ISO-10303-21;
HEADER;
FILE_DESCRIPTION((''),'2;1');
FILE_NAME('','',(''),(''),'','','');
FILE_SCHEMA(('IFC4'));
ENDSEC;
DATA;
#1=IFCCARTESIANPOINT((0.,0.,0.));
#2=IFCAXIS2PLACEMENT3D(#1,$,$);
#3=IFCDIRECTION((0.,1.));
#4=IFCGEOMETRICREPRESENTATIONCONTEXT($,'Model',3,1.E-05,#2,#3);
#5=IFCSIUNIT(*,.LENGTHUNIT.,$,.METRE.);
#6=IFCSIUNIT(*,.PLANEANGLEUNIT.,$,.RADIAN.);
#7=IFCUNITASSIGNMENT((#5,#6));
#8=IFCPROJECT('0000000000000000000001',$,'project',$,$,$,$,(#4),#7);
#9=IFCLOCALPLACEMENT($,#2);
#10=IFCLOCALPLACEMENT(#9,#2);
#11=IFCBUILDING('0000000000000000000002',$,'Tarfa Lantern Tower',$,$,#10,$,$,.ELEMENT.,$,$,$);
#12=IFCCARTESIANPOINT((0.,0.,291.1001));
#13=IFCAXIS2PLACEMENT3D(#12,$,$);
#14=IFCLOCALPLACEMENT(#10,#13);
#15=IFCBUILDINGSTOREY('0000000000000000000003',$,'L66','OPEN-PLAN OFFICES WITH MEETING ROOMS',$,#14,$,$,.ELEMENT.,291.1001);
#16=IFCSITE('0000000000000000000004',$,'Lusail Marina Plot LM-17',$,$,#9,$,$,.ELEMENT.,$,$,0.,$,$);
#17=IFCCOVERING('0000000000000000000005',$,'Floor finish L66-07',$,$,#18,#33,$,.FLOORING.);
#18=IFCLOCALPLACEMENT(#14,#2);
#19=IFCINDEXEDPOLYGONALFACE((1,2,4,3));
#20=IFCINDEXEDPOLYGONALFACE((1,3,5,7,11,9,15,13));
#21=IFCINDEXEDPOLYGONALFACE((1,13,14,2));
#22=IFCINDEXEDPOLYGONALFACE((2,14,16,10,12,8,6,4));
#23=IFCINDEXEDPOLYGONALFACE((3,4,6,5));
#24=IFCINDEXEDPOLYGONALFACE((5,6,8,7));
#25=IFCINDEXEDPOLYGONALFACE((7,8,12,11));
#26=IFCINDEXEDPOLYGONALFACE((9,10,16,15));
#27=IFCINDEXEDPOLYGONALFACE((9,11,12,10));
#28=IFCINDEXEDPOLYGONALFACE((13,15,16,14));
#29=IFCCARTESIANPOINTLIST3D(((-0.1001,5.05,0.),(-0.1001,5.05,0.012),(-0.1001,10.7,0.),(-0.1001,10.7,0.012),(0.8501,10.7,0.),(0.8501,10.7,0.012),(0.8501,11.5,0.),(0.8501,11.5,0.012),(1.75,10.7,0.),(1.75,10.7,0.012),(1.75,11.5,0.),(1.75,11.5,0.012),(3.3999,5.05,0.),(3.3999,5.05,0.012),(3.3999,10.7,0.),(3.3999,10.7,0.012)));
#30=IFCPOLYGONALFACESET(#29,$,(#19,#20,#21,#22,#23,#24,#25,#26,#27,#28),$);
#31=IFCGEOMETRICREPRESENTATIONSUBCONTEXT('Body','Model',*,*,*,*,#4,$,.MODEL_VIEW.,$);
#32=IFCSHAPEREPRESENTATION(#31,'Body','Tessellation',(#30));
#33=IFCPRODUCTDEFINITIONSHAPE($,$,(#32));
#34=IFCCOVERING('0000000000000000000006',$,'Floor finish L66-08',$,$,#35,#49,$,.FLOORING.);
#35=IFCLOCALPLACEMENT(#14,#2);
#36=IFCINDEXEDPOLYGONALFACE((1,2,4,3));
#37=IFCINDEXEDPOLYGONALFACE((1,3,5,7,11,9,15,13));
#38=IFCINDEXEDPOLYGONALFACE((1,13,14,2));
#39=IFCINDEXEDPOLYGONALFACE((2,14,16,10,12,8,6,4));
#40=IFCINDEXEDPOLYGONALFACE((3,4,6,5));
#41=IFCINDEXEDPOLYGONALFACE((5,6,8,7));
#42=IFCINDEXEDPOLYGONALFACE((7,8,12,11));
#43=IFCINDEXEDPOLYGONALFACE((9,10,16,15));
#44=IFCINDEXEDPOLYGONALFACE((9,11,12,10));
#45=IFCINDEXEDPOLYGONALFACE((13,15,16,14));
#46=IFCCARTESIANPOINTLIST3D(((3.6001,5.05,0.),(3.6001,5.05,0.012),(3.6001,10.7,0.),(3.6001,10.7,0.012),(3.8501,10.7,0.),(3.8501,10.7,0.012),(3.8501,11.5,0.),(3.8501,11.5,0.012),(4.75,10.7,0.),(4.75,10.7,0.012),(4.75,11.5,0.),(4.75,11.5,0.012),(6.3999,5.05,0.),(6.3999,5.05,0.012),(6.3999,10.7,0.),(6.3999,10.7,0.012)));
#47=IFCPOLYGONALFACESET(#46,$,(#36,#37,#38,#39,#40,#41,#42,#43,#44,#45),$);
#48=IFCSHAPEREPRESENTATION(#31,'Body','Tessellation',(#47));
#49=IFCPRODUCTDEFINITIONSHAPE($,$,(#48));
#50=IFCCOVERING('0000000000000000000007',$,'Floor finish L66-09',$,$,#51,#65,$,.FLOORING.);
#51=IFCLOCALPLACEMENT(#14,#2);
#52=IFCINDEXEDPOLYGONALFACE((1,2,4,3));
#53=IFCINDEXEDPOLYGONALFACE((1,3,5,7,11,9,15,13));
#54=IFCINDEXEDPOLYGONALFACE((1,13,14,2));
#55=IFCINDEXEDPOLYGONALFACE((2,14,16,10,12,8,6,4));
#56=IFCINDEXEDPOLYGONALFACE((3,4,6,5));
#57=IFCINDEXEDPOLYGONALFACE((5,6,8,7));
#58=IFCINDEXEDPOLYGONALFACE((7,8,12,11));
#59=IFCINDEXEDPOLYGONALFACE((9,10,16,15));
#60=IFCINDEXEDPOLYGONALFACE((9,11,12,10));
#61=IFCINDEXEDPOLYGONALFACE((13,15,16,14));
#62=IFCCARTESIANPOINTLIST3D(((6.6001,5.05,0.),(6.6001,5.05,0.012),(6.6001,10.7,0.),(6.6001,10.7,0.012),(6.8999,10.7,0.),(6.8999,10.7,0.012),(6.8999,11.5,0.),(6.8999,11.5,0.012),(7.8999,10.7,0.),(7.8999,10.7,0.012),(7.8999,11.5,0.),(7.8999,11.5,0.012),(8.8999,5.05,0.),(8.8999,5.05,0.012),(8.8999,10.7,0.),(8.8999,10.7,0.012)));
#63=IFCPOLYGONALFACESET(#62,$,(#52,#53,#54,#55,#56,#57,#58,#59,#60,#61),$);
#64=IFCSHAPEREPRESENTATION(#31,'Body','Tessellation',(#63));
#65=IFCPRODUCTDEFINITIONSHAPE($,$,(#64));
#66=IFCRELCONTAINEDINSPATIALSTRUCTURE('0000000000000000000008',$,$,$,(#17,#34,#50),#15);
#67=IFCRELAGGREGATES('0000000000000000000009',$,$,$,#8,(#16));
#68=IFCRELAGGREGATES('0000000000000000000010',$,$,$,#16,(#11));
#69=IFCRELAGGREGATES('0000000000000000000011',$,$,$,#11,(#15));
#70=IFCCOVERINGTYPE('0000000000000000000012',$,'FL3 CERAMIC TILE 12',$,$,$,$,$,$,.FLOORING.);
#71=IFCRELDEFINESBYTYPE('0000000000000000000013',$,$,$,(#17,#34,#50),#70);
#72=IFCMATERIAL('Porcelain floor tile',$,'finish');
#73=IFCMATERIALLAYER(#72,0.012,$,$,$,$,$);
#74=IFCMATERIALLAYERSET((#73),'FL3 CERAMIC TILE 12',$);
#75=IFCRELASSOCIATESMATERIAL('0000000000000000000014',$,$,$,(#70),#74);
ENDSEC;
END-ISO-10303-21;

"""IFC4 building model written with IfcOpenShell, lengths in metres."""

from ifc_helpers import new_model, si_unit, direction, frame, origin, place, context, subcontext, project, spatial, polyline, outline, extrude, material, layer, layer_set, type_object, element, save


model = new_model("IFC4")

# Units and contexts
model_context = context("Model", 3, precision=1e-05, world=origin(), true_north=direction((0.0, 1.0)))
body_context = subcontext(model_context, "Body", "Model", "MODEL_VIEW")
ifc_project = project(units=[si_unit("LENGTHUNIT", "METRE"), si_unit("PLANEANGLEUNIT", "RADIAN")], contexts=[model_context])

# Site, building, storey
site_placement = place(None, origin())
site = spatial("IfcSite", under=ifc_project, at=site_placement, Name="Lusail Marina Plot LM-17", CompositionType="ELEMENT", RefElevation=0.0)
building_placement = place(site_placement, origin())
building = spatial("IfcBuilding", under=site, at=building_placement, Name="Tarfa Lantern Tower", CompositionType="ELEMENT")
storey_placement = place(building_placement, frame((0.0, 0.0, 291.1001)))
storey = spatial("IfcBuildingStorey", under=building, at=storey_placement, Name="L66", Description="OPEN-PLAN OFFICES WITH MEETING ROOMS", CompositionType="ELEMENT", Elevation=291.1001)

# Coverings
ifc_material_1 = material(Name="Porcelain floor tile", Category="finish")
ifc_layer_1 = layer(ifc_material_1, 0.012)
ifc_layer_set_1 = layer_set([ifc_layer_1], Name="FL3 CERAMIC TILE 12")
covering_type_1 = type_object("IfcCoveringType", Name="FL3 CERAMIC TILE 12", PredefinedType="FLOORING", material=ifc_layer_set_1)
covering_1_placement = place(storey_placement, origin())
element("IfcCovering", 1, at=covering_1_placement, inside=storey, type_object=covering_type_1, Name="Floor finish L66-07", PredefinedType="FLOORING", context=body_context, shape_type="SweptSolid", body=[
    extrude(outline(polyline([(0.8501, 10.7), (-0.1001, 10.7), (-0.1001, 5.05), (3.3999, 5.05), (3.3999, 10.7), (1.75, 10.7), (1.75, 11.5), (0.8501, 11.5), (0.8501, 11.5), (0.8501, 10.7)])), origin(), (0.0, 0.0, 1.0), 0.012),
])
covering_2_placement = place(storey_placement, origin())
element("IfcCovering", 2, at=covering_2_placement, inside=storey, type_object=covering_type_1, Name="Floor finish L66-08", PredefinedType="FLOORING", context=body_context, shape_type="SweptSolid", body=[
    extrude(outline(polyline([(3.6001, 5.05), (6.3999, 5.05), (6.3999, 10.7), (4.75, 10.7), (4.75, 11.5), (3.8501, 11.5), (3.8501, 10.7), (3.6001, 10.7), (3.6001, 5.05)])), origin(), (0.0, 0.0, 1.0), 0.012),
])
covering_3_placement = place(storey_placement, origin())
element("IfcCovering", 3, at=covering_3_placement, inside=storey, type_object=covering_type_1, Name="Floor finish L66-09", PredefinedType="FLOORING", context=body_context, shape_type="SweptSolid", body=[
    extrude(outline(polyline([(6.6001, 5.05), (8.8999, 5.05), (8.8999, 10.7), (7.8999, 10.7), (7.8999, 11.5), (6.8999, 11.5), (6.8999, 10.7), (6.6001, 10.7), (6.6001, 5.05)])), origin(), (0.0, 0.0, 1.0), 0.012),
])

save(model, "model.ifc")
